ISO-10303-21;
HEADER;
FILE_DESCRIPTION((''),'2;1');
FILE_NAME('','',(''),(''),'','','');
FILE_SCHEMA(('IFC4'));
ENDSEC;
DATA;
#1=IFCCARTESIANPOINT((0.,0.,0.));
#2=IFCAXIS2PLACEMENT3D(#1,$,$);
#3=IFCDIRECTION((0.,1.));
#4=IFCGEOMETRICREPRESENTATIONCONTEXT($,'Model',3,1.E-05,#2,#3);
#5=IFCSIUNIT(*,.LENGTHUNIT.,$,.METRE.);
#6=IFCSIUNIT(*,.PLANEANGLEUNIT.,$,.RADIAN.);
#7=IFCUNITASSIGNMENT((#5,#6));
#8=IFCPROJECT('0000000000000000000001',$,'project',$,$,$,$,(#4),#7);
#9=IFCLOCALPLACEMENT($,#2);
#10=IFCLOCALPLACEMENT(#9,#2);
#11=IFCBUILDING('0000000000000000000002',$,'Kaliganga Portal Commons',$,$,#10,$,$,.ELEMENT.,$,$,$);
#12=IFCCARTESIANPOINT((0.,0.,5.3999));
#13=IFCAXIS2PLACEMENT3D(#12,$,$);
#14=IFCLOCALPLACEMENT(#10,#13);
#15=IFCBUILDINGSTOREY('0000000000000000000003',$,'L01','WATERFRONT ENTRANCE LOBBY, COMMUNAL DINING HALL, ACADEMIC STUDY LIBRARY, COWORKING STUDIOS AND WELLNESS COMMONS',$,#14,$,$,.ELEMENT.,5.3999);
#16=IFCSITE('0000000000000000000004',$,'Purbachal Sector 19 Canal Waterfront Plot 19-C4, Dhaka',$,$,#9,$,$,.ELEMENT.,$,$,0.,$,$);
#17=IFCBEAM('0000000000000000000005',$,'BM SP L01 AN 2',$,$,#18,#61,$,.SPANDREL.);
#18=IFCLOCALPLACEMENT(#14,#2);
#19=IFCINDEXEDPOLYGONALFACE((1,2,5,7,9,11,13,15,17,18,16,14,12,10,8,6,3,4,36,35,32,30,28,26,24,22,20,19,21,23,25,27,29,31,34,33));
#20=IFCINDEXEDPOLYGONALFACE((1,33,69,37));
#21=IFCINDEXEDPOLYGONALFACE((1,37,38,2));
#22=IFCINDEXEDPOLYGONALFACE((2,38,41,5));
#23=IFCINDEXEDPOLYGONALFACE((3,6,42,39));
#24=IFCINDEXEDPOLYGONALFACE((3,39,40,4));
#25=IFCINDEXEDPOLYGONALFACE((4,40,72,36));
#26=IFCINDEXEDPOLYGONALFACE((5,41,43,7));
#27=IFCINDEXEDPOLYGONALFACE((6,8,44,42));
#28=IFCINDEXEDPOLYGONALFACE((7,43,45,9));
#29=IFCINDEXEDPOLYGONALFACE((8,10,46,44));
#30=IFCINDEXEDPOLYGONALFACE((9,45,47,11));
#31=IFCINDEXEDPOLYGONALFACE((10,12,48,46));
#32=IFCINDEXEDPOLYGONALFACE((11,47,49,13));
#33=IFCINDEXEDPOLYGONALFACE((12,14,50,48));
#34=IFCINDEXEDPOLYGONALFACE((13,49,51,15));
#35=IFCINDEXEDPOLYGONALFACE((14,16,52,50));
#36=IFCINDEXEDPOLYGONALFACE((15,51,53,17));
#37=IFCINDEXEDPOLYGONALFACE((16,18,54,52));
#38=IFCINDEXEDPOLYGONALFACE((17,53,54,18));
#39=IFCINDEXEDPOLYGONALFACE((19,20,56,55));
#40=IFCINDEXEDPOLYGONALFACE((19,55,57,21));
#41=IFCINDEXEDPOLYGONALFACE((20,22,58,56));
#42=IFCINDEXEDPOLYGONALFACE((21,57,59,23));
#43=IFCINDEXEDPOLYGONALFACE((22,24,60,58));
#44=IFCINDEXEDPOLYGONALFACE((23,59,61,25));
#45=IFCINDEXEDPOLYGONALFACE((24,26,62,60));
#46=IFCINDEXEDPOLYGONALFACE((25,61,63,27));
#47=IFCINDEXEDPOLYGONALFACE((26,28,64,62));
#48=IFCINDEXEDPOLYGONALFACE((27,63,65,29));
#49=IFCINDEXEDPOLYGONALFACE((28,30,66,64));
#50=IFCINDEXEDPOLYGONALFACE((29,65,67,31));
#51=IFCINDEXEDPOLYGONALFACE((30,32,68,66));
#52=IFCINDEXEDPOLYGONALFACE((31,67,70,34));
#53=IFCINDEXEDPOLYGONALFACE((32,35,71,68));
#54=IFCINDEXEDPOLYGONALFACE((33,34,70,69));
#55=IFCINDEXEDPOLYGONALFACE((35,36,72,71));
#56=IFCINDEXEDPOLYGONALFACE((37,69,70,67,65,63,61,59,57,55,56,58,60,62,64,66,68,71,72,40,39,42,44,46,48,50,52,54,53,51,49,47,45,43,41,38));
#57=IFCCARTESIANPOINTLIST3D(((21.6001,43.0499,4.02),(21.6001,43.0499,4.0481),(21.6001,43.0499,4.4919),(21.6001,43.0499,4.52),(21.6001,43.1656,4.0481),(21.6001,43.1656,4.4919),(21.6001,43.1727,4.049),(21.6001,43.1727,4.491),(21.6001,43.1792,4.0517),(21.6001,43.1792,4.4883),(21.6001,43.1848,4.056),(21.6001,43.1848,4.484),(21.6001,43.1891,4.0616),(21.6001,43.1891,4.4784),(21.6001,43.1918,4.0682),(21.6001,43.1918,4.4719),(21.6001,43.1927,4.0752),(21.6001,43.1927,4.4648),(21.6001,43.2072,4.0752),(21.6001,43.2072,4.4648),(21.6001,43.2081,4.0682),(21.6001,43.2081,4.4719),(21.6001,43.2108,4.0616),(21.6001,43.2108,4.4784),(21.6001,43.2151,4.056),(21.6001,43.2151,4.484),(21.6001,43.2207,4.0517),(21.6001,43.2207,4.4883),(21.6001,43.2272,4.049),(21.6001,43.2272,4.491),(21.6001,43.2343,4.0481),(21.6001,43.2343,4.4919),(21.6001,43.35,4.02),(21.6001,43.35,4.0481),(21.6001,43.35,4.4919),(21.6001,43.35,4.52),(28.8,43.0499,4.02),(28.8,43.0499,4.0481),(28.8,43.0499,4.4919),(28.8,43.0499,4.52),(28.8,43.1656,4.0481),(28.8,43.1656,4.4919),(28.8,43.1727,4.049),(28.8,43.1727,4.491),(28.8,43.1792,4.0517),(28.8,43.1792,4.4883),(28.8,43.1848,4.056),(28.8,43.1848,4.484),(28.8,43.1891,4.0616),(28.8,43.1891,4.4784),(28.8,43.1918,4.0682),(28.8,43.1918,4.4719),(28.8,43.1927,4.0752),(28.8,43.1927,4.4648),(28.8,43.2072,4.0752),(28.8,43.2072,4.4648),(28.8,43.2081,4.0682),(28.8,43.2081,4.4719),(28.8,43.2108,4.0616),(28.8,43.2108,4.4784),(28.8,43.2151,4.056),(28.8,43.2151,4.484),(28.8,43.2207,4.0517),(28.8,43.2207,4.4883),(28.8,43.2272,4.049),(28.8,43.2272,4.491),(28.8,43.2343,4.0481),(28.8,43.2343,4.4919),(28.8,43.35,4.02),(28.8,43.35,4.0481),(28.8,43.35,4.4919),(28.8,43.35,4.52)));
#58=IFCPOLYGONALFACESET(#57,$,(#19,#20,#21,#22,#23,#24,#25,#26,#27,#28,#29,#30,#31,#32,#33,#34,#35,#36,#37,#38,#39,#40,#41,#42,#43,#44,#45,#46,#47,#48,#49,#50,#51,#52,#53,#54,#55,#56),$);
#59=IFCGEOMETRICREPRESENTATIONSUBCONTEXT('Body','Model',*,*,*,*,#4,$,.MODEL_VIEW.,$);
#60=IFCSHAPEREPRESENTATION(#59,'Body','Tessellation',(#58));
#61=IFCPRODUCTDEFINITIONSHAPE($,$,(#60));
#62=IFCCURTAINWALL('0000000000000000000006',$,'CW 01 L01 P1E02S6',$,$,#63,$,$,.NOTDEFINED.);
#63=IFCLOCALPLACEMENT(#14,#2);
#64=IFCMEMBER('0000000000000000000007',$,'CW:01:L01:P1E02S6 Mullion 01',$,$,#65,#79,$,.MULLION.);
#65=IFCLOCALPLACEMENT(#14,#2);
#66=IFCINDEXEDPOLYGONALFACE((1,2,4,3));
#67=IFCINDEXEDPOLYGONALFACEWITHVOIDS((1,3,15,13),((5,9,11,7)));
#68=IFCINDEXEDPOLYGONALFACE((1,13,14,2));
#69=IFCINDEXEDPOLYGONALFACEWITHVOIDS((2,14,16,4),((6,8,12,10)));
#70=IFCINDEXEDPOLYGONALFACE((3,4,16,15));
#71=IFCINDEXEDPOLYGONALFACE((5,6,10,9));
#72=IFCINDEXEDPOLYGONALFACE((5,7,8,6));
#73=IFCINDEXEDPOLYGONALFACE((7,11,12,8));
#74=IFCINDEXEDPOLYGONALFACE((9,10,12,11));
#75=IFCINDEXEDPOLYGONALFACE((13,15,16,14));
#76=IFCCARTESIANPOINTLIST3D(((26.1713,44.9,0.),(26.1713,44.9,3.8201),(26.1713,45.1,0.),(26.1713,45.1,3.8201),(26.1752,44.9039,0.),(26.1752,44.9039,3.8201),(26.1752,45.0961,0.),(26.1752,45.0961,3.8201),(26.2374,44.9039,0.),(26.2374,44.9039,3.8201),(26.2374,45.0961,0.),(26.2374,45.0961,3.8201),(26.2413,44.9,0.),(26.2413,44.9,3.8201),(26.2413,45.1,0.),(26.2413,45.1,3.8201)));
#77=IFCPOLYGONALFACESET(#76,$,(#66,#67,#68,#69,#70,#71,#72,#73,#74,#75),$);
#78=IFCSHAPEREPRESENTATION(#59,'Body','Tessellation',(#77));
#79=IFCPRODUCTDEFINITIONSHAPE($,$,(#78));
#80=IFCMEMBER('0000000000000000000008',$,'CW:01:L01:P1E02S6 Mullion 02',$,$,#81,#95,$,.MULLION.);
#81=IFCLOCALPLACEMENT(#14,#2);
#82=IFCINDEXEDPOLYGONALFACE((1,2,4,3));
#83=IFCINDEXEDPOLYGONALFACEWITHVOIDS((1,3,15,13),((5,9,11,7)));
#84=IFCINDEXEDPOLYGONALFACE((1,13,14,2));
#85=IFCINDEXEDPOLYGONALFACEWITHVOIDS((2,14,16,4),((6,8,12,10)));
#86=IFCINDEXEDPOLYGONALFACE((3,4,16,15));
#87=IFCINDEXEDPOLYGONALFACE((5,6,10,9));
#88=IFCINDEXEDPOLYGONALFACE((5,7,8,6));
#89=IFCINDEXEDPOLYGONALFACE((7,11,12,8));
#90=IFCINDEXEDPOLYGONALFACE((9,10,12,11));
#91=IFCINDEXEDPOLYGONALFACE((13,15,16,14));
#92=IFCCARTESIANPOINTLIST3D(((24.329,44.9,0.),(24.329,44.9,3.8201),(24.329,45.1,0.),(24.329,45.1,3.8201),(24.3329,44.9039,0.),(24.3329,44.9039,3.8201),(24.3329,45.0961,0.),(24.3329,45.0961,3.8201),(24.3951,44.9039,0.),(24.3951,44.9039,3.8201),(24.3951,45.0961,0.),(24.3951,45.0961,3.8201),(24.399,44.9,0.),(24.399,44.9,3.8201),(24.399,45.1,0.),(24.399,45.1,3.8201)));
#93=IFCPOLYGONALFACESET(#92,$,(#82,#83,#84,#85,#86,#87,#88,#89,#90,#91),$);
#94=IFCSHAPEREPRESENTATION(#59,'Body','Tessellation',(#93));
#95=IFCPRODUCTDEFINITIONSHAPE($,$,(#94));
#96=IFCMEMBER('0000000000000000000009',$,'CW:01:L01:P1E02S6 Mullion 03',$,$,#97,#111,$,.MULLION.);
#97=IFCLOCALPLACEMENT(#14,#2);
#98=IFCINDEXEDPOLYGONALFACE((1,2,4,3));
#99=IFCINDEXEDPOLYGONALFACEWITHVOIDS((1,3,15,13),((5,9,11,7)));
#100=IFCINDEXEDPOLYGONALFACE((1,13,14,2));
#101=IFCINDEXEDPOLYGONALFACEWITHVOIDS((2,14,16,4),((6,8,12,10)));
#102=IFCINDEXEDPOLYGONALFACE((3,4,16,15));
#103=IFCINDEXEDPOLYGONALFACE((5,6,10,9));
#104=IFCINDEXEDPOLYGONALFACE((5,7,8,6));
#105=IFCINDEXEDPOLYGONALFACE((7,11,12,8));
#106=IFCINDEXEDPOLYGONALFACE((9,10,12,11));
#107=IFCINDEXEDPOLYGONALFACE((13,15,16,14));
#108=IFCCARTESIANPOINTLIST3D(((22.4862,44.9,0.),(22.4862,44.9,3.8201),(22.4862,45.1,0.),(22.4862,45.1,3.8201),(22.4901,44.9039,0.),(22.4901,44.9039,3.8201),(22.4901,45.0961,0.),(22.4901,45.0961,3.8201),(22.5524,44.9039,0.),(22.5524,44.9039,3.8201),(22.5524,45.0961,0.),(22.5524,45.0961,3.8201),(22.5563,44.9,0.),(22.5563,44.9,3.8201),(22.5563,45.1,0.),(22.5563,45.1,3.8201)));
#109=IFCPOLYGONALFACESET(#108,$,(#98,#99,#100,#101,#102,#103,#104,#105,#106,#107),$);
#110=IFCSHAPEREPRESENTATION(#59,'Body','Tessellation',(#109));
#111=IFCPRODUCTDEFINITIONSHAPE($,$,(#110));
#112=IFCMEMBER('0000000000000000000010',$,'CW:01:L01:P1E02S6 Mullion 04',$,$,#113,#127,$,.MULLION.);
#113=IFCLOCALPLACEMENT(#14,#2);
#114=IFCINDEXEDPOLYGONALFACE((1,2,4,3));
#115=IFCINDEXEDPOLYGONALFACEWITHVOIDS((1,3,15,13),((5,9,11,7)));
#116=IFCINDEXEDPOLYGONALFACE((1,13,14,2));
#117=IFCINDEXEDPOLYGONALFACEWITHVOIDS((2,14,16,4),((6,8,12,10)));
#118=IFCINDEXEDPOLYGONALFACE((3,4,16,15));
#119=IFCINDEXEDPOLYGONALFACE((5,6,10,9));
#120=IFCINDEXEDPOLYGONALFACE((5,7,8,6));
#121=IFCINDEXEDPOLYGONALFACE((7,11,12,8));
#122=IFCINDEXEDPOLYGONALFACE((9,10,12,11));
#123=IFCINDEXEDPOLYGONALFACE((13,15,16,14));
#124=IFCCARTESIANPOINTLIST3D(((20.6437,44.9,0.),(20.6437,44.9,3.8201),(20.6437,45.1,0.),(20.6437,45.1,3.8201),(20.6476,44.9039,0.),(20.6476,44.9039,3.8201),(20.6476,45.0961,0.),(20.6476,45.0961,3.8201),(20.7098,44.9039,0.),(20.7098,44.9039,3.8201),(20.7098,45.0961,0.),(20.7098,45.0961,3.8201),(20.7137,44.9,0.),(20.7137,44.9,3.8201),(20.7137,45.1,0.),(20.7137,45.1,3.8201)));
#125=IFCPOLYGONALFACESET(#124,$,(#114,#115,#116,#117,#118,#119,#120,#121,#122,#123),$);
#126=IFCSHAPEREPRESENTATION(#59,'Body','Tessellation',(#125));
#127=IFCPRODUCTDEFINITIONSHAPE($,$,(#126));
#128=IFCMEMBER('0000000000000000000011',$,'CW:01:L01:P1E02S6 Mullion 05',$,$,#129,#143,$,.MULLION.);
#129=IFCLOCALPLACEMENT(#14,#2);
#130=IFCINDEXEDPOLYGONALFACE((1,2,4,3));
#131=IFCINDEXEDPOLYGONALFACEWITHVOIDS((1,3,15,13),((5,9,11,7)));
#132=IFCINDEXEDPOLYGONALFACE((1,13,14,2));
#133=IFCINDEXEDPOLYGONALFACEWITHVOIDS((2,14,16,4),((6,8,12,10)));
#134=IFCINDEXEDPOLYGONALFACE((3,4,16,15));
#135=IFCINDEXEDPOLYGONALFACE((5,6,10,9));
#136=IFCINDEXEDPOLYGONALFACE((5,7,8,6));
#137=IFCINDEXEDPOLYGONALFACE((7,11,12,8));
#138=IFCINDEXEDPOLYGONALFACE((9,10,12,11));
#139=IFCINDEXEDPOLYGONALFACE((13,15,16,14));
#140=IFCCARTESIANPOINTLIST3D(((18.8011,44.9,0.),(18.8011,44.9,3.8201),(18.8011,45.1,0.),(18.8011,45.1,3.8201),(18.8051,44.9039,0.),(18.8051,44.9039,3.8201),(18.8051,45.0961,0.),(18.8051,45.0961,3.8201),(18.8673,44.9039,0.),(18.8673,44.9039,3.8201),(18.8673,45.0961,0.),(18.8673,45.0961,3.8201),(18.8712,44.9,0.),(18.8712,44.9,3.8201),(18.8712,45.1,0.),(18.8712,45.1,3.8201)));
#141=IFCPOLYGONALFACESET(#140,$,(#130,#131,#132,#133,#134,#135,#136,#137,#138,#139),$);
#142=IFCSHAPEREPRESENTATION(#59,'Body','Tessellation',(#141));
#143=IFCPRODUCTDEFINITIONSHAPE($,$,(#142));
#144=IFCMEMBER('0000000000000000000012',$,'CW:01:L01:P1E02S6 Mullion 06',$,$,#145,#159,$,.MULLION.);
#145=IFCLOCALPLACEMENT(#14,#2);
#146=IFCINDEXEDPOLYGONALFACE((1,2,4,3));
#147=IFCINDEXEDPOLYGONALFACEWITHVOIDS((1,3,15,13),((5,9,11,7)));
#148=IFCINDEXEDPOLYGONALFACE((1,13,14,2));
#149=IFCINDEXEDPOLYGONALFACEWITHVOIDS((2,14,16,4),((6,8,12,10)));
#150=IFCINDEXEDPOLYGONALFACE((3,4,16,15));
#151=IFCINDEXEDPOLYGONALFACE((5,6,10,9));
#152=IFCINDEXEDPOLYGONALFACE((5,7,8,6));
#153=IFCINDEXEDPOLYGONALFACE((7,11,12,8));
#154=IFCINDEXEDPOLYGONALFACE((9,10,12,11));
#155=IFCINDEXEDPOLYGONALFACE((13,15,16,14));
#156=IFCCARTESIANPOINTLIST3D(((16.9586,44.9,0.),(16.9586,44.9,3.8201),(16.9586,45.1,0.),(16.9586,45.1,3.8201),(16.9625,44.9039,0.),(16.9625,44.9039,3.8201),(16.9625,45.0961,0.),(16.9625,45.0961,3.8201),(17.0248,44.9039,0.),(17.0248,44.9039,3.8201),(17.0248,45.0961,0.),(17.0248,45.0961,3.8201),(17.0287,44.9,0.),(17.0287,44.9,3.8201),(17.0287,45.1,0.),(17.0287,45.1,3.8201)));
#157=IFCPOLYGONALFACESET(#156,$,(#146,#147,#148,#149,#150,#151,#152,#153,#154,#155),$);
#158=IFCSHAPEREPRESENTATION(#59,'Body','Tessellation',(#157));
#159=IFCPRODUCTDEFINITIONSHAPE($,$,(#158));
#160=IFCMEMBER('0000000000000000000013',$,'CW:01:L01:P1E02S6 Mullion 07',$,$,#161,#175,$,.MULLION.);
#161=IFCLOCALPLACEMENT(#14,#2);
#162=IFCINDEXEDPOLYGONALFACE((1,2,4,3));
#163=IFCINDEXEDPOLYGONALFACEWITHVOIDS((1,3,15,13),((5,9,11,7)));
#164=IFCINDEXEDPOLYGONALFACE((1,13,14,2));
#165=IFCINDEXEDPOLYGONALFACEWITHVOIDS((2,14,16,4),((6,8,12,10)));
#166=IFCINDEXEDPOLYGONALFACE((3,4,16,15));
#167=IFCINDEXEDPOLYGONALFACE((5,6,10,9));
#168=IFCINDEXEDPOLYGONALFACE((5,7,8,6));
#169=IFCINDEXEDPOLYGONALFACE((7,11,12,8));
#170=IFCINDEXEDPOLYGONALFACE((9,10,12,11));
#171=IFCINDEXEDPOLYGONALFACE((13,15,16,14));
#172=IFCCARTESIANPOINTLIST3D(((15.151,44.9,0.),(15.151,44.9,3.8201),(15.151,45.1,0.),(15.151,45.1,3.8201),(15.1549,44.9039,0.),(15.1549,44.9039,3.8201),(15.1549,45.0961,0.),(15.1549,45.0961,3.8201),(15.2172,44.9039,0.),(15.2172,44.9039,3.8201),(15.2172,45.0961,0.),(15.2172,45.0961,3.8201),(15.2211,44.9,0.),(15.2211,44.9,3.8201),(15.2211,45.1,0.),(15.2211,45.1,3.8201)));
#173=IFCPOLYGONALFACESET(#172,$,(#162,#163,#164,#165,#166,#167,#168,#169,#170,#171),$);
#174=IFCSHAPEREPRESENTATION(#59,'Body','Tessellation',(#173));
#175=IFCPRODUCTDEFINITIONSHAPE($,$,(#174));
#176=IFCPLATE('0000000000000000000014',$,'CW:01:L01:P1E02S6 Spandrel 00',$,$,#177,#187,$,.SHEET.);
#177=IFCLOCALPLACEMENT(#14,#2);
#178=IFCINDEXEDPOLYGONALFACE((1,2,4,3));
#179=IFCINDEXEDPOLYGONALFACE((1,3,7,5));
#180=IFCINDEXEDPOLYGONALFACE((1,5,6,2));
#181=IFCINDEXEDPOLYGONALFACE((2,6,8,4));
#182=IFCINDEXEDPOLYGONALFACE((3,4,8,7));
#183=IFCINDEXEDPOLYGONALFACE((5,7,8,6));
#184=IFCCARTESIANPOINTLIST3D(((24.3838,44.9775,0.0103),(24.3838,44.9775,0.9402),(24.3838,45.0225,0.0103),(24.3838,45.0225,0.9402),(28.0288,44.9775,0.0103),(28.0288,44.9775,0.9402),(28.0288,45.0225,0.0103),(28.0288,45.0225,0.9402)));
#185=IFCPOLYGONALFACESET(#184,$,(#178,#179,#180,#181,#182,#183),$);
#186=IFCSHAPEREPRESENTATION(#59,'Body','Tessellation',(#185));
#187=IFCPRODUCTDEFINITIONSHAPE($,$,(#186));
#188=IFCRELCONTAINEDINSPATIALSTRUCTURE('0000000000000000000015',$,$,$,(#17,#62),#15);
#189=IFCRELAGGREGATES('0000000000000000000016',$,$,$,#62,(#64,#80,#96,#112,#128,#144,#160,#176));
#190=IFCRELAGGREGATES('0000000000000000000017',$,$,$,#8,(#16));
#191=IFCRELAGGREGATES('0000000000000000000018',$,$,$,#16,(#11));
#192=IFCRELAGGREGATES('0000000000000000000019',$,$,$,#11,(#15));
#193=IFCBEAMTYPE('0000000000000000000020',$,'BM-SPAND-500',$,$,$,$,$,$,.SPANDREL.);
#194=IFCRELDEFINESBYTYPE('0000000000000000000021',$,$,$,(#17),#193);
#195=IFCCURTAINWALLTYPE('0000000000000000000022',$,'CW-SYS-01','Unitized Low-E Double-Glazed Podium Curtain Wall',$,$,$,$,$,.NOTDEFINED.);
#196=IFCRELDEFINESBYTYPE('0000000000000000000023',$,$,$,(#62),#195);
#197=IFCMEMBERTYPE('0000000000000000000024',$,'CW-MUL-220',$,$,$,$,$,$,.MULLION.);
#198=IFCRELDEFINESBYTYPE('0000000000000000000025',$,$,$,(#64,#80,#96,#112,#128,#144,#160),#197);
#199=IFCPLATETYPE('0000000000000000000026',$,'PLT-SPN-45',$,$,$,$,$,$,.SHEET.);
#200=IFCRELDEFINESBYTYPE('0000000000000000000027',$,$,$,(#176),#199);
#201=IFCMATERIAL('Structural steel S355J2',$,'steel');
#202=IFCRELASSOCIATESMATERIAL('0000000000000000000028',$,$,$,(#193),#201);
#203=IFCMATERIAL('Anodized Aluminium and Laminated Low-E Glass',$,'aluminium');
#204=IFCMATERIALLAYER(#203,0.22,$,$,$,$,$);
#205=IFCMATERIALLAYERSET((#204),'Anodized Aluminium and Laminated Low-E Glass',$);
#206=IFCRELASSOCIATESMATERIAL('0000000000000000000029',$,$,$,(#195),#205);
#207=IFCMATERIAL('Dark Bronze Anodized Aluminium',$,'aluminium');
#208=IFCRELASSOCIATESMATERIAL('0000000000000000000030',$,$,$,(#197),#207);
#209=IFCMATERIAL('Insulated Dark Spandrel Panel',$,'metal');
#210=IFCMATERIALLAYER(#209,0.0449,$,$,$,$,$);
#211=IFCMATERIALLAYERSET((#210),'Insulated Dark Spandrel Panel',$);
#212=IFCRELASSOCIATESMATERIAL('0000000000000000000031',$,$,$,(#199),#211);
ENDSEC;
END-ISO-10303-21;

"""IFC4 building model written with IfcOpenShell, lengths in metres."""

from ifc_helpers import new_model, si_unit, direction, frame, origin, origin_2d, place, context, subcontext, project, spatial, rectangle, hollow_rectangle, i_section, extrude, source, transform, mapped, material, layer, layer_set, material_profile, profile_set, type_object, element, aggregate, save


model = new_model("IFC4")

# Units and contexts
model_context = context("Model", 3, precision=1e-05, world=origin(), true_north=direction((0.0, 1.0)))
body_context = subcontext(model_context, "Body", "Model", "MODEL_VIEW")
ifc_project = project(units=[si_unit("LENGTHUNIT", "METRE"), si_unit("PLANEANGLEUNIT", "RADIAN")], contexts=[model_context])

# Site, building, storey
site_placement = place(None, origin())
site = spatial("IfcSite", under=ifc_project, at=site_placement, Name="Purbachal Sector 19 Canal Waterfront Plot 19-C4, Dhaka", CompositionType="ELEMENT", RefElevation=0.0)
building_placement = place(site_placement, origin())
building = spatial("IfcBuilding", under=site, at=building_placement, Name="Kaliganga Portal Commons", CompositionType="ELEMENT")
storey_placement = place(building_placement, frame((0.0, 0.0, 5.3999)))
storey = spatial("IfcBuildingStorey", under=building, at=storey_placement, Name="L01", Description="WATERFRONT ENTRANCE LOBBY, COMMUNAL DINING HALL, ACADEMIC STUDY LIBRARY, COWORKING STUDIOS AND WELLNESS COMMONS", CompositionType="ELEMENT", Elevation=5.3999)

# Beam
ifc_material_1 = material(Name="Structural steel S355J2", Category="steel")
ifc_material_profile_1 = material_profile(ifc_material_1, i_section(OverallWidth=0.3, OverallDepth=0.5, WebThickness=0.0144, FlangeThickness=0.0281, FilletRadius=0.0271, at=origin_2d()), Name="HE 500 B")
ifc_profile_set_1 = profile_set([ifc_material_profile_1], Name="Structural steel S355J2 wide-flange")
beam_type_1 = type_object("IfcBeamType", Name="BM-SPAND-500", PredefinedType="SPANDREL", material=ifc_profile_set_1)
shared_shape_1 = source(origin(), body_context, "Body", "SweptSolid", [
    extrude(i_section(OverallWidth=0.3, OverallDepth=0.5, WebThickness=0.0144, FlangeThickness=0.0281, FilletRadius=0.0271, at=origin_2d()), origin(), (0.0, 0.0, 1.0), 7.2),
])
beam_1_placement = place(storey_placement, frame((21.6001, 43.2, 4.27), z_axis=(1.0, 0.0, 0.0), x_axis=(0.0, 1.0, 0.0)))
element("IfcBeam", 1, at=beam_1_placement, inside=storey, type_object=beam_type_1, Name="BM SP L01 AN 2", PredefinedType="SPANDREL", context=body_context, shape_type="MappedRepresentation", body=[
    mapped(shared_shape_1, transform((0.0, 0.0, 0.0), x_axis=(1.0, 0.0, 0.0), y_axis=(0.0, 1.0, 0.0), z_axis=(0.0, 0.0, 1.0), scale=1.0)),
])

# Curtain wall, members, plate
ifc_material_2 = material(Name="Anodized Aluminium and Laminated Low-E Glass", Category="aluminium")
ifc_layer_1 = layer(ifc_material_2, 0.22)
ifc_layer_set_1 = layer_set([ifc_layer_1], Name="Anodized Aluminium and Laminated Low-E Glass")
curtain_wall_type = type_object("IfcCurtainWallType", Name="CW-SYS-01", Description="Unitized Low-E Double-Glazed Podium Curtain Wall", PredefinedType="NOTDEFINED", material=ifc_layer_set_1)
curtain_wall_placement = place(storey_placement, origin())
curtain_wall = element("IfcCurtainWall", 2, at=curtain_wall_placement, inside=storey, type_object=curtain_wall_type, Name="CW 01 L01 P1E02S6", PredefinedType="NOTDEFINED")
ifc_material_3 = material(Name="Dark Bronze Anodized Aluminium", Category="aluminium")
ifc_material_profile_2 = material_profile(ifc_material_3, hollow_rectangle(XDim=0.0701, YDim=0.2, WallThickness=0.0039, at=origin_2d()), Name="ALU MULL 70x200x4")
ifc_profile_set_2 = profile_set([ifc_material_profile_2], Name="Dark Bronze Anodized Aluminium")
member_type = type_object("IfcMemberType", Name="CW-MUL-220", PredefinedType="MULLION", material=ifc_profile_set_2)
shared_shape_2 = source(origin(), body_context, "Body", "SweptSolid", [
    extrude(hollow_rectangle(XDim=0.0701, YDim=0.2, WallThickness=0.0039, at=origin_2d()), origin(), (0.0, 0.0, 1.0), 3.8201),
])
member_1_placement = place(storey_placement, frame((26.2063, 45.0, 0.0), z_axis=(0.0, 0.0, 1.0), x_axis=(-1.0, 0.0, 0.0)))
member_1 = element("IfcMember", 3, at=member_1_placement, type_object=member_type, Name="CW:01:L01:P1E02S6 Mullion 01", PredefinedType="MULLION", context=body_context, shape_type="MappedRepresentation", body=[
    mapped(shared_shape_2, transform((0.0, 0.0, 0.0), x_axis=(1.0, 0.0, 0.0), y_axis=(0.0, 1.0, 0.0), z_axis=(0.0, 0.0, 1.0), scale=1.0)),
])
member_2_placement = place(storey_placement, frame((24.364, 45.0, 0.0), z_axis=(0.0, 0.0, 1.0), x_axis=(-1.0, 0.0, 0.0)))
member_2 = element("IfcMember", 4, at=member_2_placement, type_object=member_type, Name="CW:01:L01:P1E02S6 Mullion 02", PredefinedType="MULLION", context=body_context, shape_type="MappedRepresentation", body=[
    mapped(shared_shape_2, transform((0.0, 0.0, 0.0), x_axis=(1.0, 0.0, 0.0), y_axis=(0.0, 1.0, 0.0), z_axis=(0.0, 0.0, 1.0), scale=1.0)),
])
member_3_placement = place(storey_placement, frame((22.5212, 45.0, 0.0), z_axis=(0.0, 0.0, 1.0), x_axis=(-1.0, 0.0, 0.0)))
member_3 = element("IfcMember", 5, at=member_3_placement, type_object=member_type, Name="CW:01:L01:P1E02S6 Mullion 03", PredefinedType="MULLION", context=body_context, shape_type="MappedRepresentation", body=[
    mapped(shared_shape_2, transform((0.0, 0.0, 0.0), x_axis=(1.0, 0.0, 0.0), y_axis=(0.0, 1.0, 0.0), z_axis=(0.0, 0.0, 1.0), scale=1.0)),
])
member_4_placement = place(storey_placement, frame((20.6787, 45.0, 0.0), z_axis=(0.0, 0.0, 1.0), x_axis=(-1.0, 0.0, 0.0)))
member_4 = element("IfcMember", 6, at=member_4_placement, type_object=member_type, Name="CW:01:L01:P1E02S6 Mullion 04", PredefinedType="MULLION", context=body_context, shape_type="MappedRepresentation", body=[
    mapped(shared_shape_2, transform((0.0, 0.0, 0.0), x_axis=(1.0, 0.0, 0.0), y_axis=(0.0, 1.0, 0.0), z_axis=(0.0, 0.0, 1.0), scale=1.0)),
])
member_5_placement = place(storey_placement, frame((18.8362, 45.0, 0.0), z_axis=(0.0, 0.0, 1.0), x_axis=(-1.0, 0.0, 0.0)))
member_5 = element("IfcMember", 7, at=member_5_placement, type_object=member_type, Name="CW:01:L01:P1E02S6 Mullion 05", PredefinedType="MULLION", context=body_context, shape_type="MappedRepresentation", body=[
    mapped(shared_shape_2, transform((0.0, 0.0, 0.0), x_axis=(1.0, 0.0, 0.0), y_axis=(0.0, 1.0, 0.0), z_axis=(0.0, 0.0, 1.0), scale=1.0)),
])
member_6_placement = place(storey_placement, frame((16.9937, 45.0, 0.0), z_axis=(0.0, 0.0, 1.0), x_axis=(-1.0, 0.0, 0.0)))
member_6 = element("IfcMember", 8, at=member_6_placement, type_object=member_type, Name="CW:01:L01:P1E02S6 Mullion 06", PredefinedType="MULLION", context=body_context, shape_type="MappedRepresentation", body=[
    mapped(shared_shape_2, transform((0.0, 0.0, 0.0), x_axis=(1.0, 0.0, 0.0), y_axis=(0.0, 1.0, 0.0), z_axis=(0.0, 0.0, 1.0), scale=1.0)),
])
member_7_placement = place(storey_placement, frame((15.186, 45.0, 0.0), z_axis=(0.0, 0.0, 1.0), x_axis=(-1.0, 0.0, 0.0)))
member_7 = element("IfcMember", 9, at=member_7_placement, type_object=member_type, Name="CW:01:L01:P1E02S6 Mullion 07", PredefinedType="MULLION", context=body_context, shape_type="MappedRepresentation", body=[
    mapped(shared_shape_2, transform((0.0, 0.0, 0.0), x_axis=(1.0, 0.0, 0.0), y_axis=(0.0, 1.0, 0.0), z_axis=(0.0, 0.0, 1.0), scale=1.0)),
])
ifc_material_4 = material(Name="Insulated Dark Spandrel Panel", Category="metal")
ifc_layer_2 = layer(ifc_material_4, 0.0449)
ifc_layer_set_2 = layer_set([ifc_layer_2], Name="Insulated Dark Spandrel Panel")
plate_type_1 = type_object("IfcPlateType", Name="PLT-SPN-45", PredefinedType="SHEET", material=ifc_layer_set_2)
shared_shape_3 = source(origin(), body_context, "Body", "SweptSolid", [
    extrude(rectangle(XDim=3.645, YDim=0.0449, at=origin_2d()), origin(), (0.0, 0.0, 1.0), 0.9299),
])
plate_1_placement = place(storey_placement, frame((26.2063, 45.0, 0.0103), z_axis=(0.0, 0.0, 1.0), x_axis=(-1.0, 0.0, 0.0)))
plate_1 = element("IfcPlate", 10, at=plate_1_placement, type_object=plate_type_1, Name="CW:01:L01:P1E02S6 Spandrel 00", PredefinedType="SHEET", context=body_context, shape_type="MappedRepresentation", body=[
    mapped(shared_shape_3, transform((0.0, 0.0, 0.0), x_axis=(1.0, 0.0, 0.0), y_axis=(0.0, 1.0, 0.0), z_axis=(0.0, 0.0, 1.0), scale=1.0)),
])
aggregate(curtain_wall, [member_1, member_2, member_3, member_4, member_5, member_6, member_7, plate_1])

save(model, "model.ifc")
